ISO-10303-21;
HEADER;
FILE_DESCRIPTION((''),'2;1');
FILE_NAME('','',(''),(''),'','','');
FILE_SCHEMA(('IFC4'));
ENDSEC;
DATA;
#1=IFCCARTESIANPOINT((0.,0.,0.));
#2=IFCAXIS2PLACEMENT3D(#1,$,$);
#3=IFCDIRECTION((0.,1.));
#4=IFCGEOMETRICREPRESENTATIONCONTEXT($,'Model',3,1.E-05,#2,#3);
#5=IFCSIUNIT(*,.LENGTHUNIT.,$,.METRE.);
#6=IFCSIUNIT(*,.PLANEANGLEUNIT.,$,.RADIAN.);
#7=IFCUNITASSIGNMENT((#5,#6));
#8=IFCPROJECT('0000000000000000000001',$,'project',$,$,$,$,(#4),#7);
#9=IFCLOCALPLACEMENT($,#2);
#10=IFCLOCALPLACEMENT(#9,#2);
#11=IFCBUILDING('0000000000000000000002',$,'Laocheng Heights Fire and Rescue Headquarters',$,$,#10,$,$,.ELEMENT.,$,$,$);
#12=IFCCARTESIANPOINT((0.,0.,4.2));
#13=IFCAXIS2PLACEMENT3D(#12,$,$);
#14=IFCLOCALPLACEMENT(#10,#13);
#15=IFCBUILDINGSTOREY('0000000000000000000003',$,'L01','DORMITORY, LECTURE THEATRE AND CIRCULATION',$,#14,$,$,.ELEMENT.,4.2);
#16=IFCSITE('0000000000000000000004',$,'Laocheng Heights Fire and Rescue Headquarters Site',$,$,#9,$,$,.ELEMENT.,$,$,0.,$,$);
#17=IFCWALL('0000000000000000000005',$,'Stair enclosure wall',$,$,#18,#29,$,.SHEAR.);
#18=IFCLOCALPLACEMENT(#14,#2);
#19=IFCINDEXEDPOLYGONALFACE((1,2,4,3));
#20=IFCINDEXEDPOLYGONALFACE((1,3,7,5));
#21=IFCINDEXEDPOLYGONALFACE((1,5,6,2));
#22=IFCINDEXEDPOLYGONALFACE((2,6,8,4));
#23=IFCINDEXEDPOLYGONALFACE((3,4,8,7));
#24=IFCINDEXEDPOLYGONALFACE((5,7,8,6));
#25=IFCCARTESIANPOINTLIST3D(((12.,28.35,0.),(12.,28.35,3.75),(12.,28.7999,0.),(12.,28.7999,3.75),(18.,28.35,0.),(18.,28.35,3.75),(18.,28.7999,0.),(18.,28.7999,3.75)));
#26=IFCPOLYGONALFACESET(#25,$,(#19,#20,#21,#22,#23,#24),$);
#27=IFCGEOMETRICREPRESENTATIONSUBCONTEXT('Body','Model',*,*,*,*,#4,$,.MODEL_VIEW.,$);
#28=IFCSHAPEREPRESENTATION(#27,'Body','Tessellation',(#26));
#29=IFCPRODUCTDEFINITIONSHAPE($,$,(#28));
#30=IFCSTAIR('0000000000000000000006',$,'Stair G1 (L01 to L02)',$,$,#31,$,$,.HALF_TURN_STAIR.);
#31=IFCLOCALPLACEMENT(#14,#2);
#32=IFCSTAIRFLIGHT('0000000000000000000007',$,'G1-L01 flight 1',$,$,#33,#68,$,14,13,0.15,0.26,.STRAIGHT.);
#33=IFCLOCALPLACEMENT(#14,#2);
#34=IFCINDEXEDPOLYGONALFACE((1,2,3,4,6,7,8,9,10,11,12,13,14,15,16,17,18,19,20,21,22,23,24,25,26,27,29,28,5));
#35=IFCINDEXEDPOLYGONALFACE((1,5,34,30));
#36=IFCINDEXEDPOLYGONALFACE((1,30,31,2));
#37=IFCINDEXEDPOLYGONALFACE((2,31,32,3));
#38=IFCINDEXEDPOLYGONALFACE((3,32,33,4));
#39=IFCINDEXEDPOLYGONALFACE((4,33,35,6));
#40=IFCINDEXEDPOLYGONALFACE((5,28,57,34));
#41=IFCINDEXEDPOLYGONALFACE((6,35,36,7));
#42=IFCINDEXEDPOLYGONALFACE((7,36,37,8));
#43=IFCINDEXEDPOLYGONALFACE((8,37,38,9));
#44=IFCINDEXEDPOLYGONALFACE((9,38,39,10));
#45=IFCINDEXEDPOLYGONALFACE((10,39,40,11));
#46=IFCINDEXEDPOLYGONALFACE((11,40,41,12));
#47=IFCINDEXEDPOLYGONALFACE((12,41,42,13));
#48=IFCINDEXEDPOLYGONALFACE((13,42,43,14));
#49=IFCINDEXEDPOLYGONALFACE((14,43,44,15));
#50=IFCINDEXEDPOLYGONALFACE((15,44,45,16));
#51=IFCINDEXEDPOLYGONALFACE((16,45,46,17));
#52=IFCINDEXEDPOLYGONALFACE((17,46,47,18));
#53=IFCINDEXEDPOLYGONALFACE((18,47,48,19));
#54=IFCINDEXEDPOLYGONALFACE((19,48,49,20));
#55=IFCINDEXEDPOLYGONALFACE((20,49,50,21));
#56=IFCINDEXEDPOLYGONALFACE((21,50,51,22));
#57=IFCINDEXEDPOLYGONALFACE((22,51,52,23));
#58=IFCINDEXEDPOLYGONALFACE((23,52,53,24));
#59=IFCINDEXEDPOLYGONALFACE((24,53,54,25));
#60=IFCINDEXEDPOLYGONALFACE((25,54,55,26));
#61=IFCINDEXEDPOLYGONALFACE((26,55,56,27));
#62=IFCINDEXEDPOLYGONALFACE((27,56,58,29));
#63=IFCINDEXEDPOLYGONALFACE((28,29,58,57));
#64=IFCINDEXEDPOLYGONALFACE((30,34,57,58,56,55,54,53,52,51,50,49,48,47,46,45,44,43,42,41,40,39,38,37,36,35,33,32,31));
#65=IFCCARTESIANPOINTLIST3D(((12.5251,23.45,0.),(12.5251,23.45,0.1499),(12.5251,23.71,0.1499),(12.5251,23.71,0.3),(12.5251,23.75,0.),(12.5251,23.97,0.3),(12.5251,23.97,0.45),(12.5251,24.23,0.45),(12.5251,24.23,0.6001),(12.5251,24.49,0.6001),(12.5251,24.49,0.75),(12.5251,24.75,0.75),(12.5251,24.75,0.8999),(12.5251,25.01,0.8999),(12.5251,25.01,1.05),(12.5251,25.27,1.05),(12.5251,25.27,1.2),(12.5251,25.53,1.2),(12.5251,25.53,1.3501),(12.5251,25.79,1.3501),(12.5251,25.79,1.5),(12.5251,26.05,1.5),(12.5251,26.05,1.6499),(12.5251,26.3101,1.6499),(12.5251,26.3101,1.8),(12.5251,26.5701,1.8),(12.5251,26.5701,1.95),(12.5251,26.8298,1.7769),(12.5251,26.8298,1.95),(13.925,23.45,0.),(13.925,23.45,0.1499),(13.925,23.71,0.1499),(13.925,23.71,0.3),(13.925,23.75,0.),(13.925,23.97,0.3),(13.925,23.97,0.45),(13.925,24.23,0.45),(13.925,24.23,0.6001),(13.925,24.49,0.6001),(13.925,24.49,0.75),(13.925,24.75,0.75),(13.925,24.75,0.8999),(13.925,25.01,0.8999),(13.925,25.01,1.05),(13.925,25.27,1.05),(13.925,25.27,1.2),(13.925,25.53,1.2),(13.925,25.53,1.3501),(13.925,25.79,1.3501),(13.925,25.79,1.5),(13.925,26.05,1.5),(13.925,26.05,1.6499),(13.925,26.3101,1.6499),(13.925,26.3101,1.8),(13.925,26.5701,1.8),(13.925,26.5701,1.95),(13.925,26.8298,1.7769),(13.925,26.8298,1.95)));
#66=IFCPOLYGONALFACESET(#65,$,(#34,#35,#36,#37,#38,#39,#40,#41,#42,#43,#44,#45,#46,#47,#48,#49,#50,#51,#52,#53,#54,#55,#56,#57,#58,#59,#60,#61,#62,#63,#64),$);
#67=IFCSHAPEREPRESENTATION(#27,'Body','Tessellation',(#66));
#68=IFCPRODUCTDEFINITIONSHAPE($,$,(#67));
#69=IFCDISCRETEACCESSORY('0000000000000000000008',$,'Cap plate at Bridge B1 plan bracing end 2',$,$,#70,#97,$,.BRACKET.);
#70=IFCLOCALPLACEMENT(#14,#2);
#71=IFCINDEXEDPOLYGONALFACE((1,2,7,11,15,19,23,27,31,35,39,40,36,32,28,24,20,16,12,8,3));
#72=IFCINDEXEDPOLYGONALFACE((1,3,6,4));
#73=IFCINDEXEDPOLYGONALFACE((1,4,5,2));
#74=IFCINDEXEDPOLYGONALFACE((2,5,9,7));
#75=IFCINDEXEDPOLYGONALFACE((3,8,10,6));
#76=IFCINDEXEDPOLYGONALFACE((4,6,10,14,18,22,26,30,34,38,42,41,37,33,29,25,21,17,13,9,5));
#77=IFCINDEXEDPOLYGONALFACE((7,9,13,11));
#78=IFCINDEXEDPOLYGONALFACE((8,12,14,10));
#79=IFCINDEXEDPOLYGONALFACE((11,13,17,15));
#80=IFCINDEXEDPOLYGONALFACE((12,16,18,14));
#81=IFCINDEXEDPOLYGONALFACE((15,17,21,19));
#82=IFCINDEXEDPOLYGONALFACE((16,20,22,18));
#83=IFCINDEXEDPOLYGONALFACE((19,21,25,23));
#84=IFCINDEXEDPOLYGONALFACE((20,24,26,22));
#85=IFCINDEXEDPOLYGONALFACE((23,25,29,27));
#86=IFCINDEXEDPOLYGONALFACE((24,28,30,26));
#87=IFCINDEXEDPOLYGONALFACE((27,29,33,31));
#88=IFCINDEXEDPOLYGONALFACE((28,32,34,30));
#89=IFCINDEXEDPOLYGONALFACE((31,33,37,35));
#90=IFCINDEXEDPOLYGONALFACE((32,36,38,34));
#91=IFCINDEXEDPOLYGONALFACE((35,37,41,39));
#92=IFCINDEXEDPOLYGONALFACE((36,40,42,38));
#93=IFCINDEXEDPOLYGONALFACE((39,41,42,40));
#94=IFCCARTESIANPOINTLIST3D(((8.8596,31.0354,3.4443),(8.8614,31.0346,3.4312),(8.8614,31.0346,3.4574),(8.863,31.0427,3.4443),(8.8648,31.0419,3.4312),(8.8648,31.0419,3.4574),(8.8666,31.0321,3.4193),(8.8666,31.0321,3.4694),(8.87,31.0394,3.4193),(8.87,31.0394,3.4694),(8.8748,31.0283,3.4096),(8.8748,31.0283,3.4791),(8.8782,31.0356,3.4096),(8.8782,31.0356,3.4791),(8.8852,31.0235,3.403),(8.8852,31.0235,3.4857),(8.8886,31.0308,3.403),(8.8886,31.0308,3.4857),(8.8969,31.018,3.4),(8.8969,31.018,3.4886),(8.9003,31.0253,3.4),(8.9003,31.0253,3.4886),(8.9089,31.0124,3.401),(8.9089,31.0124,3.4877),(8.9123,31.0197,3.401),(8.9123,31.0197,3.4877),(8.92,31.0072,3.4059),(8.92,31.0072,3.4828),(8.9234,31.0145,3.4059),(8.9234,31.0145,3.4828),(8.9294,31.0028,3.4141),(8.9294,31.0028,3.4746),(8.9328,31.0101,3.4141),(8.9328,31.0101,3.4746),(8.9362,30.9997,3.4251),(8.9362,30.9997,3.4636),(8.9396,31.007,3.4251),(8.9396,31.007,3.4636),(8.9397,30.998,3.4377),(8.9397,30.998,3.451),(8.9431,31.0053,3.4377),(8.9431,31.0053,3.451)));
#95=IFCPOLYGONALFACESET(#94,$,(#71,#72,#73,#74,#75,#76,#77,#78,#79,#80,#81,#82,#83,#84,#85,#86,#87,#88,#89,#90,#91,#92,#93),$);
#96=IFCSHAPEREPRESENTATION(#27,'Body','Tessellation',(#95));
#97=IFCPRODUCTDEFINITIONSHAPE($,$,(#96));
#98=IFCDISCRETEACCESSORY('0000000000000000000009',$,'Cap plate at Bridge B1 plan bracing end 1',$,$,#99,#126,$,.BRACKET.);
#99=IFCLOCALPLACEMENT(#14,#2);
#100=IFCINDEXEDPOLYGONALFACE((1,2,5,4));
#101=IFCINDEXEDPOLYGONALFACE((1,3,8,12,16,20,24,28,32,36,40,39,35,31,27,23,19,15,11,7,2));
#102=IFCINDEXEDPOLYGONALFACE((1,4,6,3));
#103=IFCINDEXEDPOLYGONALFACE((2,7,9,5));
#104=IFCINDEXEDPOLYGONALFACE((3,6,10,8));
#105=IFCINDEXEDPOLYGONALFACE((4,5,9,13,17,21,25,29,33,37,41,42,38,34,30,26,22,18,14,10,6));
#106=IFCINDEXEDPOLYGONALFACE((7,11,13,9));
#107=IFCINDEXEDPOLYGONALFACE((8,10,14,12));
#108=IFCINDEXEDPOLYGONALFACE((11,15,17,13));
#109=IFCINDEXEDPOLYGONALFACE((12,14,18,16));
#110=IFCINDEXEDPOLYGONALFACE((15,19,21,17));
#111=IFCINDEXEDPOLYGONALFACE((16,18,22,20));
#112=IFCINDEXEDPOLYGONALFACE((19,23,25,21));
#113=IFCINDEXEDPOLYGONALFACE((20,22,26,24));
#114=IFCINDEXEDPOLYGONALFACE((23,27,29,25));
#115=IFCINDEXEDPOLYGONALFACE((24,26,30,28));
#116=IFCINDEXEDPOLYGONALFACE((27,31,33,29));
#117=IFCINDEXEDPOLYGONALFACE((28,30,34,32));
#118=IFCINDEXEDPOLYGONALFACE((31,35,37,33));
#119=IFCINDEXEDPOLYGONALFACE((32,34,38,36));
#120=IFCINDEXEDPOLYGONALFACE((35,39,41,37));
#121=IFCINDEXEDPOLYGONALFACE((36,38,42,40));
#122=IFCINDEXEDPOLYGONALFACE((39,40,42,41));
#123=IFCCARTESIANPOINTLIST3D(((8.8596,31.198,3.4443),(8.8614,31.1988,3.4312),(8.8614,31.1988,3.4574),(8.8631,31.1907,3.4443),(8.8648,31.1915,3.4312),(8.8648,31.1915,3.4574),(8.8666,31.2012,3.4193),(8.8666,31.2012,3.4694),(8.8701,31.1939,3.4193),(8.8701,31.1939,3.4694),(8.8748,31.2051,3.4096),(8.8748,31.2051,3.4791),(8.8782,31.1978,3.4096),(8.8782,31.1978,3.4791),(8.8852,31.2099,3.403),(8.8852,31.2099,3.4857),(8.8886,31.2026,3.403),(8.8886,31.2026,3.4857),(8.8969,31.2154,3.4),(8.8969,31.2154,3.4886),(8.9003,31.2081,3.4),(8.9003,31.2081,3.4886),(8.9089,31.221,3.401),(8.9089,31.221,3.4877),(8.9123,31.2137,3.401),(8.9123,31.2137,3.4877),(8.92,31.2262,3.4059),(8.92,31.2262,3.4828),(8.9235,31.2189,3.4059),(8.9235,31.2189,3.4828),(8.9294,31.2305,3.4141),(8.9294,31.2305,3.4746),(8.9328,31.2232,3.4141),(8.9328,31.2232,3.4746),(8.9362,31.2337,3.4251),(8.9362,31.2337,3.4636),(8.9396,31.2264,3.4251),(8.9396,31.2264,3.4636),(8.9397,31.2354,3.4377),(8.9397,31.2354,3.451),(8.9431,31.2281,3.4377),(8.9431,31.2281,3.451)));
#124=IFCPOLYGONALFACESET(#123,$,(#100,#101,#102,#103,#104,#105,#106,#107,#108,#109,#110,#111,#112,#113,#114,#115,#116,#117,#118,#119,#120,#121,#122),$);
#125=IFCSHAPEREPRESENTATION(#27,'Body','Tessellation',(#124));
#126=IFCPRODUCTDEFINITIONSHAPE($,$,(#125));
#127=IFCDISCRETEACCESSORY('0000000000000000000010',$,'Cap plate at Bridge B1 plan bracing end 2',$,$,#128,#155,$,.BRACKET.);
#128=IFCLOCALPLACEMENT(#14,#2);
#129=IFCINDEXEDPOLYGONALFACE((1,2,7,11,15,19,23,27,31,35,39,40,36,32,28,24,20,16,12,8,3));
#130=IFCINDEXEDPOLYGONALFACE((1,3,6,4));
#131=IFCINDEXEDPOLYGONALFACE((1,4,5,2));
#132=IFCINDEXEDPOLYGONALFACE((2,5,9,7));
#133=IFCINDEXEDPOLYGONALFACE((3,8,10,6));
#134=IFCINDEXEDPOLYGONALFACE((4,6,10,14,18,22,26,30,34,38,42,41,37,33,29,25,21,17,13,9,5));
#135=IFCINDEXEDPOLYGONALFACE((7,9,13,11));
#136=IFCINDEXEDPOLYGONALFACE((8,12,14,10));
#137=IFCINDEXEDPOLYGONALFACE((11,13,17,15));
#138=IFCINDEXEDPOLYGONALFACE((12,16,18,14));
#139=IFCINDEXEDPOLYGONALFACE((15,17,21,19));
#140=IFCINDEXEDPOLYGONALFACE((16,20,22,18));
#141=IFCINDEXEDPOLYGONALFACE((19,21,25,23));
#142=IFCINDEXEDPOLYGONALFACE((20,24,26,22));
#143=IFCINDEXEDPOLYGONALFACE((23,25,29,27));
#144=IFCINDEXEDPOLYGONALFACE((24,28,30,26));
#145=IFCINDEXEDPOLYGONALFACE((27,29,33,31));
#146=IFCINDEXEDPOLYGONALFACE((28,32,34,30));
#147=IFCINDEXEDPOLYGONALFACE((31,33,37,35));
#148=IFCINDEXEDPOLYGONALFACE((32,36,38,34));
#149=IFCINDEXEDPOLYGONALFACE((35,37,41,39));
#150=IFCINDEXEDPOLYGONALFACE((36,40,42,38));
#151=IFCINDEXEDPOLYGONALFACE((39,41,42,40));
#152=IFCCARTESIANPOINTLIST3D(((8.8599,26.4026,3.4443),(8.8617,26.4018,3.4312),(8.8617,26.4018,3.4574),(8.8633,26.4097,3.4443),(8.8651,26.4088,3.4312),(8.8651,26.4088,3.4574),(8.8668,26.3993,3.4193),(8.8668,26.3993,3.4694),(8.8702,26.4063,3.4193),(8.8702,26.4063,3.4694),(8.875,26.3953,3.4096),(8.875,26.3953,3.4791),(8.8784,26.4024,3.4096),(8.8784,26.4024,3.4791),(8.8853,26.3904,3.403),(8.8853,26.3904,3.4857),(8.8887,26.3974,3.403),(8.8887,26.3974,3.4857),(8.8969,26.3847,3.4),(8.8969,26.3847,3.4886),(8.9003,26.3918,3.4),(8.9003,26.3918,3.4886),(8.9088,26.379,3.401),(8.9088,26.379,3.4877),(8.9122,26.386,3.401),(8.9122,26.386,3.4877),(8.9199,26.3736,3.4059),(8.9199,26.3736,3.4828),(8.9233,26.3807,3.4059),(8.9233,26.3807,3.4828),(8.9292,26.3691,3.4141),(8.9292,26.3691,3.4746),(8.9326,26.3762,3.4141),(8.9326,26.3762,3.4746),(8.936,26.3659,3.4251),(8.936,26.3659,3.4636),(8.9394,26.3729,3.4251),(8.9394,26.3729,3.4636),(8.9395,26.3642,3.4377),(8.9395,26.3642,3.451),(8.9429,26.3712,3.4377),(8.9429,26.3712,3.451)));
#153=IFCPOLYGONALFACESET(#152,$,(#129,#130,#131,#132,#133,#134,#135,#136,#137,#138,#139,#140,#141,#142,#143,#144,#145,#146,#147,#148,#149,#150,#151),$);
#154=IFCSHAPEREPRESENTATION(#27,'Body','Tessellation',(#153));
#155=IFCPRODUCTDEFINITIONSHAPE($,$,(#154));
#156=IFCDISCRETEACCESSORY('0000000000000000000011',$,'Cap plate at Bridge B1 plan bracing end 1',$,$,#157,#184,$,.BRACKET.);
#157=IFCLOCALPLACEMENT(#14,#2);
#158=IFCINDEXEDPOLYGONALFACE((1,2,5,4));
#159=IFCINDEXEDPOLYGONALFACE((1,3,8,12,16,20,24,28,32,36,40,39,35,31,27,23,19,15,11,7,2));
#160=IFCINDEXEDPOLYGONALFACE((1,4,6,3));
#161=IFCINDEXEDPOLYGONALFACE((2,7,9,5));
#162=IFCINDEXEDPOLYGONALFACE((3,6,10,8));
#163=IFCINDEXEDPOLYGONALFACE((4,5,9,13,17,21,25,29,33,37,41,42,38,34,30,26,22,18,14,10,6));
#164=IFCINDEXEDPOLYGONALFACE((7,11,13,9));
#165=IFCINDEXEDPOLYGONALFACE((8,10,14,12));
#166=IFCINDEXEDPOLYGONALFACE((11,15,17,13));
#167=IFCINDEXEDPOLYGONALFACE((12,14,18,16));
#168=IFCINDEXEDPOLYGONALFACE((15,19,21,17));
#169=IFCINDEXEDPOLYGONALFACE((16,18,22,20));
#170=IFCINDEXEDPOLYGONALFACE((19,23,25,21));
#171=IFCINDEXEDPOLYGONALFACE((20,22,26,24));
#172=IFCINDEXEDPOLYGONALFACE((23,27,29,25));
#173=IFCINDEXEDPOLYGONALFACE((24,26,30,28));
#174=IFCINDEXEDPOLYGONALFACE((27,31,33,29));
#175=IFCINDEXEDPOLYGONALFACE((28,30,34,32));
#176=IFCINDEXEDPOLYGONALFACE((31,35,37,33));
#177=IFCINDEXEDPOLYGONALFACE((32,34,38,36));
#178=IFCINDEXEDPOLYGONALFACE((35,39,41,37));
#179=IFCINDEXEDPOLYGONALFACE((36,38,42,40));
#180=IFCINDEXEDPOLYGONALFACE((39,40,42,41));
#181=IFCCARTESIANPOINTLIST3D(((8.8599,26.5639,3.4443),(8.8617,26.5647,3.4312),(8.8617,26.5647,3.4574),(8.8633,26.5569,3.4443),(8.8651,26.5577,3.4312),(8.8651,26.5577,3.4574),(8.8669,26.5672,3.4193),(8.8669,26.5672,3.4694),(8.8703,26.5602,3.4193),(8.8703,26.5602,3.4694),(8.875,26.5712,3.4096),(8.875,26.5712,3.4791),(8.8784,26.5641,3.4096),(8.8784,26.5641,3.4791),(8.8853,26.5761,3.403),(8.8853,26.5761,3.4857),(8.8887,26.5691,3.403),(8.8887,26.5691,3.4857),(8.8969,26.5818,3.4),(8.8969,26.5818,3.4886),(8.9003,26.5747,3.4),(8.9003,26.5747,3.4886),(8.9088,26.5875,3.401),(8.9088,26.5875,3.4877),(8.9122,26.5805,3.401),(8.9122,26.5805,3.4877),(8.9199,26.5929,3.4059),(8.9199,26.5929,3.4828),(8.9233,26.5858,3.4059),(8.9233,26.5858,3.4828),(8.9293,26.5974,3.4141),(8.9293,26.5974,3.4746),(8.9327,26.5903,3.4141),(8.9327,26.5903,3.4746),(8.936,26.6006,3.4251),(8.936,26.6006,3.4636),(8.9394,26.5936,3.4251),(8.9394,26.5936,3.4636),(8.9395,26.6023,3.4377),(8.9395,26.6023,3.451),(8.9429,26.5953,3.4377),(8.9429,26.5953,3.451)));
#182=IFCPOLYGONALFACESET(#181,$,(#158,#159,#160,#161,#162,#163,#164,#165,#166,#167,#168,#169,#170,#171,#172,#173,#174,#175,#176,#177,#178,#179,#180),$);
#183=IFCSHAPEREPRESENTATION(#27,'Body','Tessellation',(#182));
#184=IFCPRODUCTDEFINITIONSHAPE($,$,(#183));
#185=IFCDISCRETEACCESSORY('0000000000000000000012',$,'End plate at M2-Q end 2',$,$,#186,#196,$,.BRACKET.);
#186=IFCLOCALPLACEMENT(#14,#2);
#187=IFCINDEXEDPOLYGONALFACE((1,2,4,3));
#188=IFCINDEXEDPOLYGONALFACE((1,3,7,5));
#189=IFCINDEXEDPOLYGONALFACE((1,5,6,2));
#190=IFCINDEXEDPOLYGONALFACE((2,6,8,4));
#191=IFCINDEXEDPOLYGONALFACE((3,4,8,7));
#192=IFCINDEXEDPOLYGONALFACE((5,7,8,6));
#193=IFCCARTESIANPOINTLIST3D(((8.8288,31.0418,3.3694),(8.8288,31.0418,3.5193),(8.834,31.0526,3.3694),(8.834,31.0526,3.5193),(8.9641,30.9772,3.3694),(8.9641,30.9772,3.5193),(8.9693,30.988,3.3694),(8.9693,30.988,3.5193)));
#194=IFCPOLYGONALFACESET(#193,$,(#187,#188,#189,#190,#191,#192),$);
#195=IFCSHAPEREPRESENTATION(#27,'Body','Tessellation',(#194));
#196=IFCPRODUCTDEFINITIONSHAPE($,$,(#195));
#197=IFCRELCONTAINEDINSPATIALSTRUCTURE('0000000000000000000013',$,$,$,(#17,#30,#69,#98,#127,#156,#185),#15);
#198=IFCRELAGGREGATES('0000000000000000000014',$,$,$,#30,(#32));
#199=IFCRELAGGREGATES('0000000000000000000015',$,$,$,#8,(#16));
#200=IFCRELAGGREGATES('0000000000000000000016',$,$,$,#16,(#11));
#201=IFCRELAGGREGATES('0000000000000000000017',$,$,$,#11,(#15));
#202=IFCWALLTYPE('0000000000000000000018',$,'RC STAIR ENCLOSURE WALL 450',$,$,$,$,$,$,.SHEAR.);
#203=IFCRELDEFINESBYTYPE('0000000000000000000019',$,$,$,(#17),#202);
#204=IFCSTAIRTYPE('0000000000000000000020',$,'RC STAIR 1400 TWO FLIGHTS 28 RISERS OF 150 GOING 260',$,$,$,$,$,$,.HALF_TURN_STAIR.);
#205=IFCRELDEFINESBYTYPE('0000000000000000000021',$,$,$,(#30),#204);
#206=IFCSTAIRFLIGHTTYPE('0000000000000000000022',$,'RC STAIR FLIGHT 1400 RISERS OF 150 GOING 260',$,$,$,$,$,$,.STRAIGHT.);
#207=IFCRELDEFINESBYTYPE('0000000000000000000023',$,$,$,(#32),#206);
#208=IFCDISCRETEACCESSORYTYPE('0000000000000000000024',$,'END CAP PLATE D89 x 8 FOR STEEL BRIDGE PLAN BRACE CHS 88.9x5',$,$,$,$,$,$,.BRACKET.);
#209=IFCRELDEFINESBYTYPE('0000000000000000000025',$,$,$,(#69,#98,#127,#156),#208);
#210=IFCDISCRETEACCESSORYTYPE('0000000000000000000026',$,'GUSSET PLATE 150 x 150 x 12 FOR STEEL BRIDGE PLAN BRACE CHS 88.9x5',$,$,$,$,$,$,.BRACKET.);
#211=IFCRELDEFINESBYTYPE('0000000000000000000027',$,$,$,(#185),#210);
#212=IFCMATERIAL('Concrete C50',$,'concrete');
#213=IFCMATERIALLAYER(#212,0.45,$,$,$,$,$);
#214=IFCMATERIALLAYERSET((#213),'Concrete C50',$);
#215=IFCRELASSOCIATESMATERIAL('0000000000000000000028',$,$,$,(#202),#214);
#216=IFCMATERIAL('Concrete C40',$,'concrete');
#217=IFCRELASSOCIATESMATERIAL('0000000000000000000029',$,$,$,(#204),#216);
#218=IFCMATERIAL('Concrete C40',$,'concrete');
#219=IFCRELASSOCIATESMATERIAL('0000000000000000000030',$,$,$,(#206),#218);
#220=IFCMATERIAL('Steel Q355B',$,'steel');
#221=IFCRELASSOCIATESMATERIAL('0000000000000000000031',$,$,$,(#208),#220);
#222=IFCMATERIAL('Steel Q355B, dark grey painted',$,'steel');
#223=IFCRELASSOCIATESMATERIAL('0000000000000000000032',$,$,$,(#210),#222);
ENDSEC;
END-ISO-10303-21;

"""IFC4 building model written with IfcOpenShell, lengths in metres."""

from ifc_helpers import new_model, si_unit, direction, frame, frame_2d, origin, origin_2d, place, context, subcontext, project, spatial, polyline, rectangle, circle, outline, extrude, material, layer, layer_set, material_profile, profile_set, type_object, element, aggregate, save


model = new_model("IFC4")

# Units and contexts
model_context = context("Model", 3, precision=1e-05, world=origin(), true_north=direction((0.0, 1.0)))
body_context = subcontext(model_context, "Body", "Model", "MODEL_VIEW")
ifc_project = project(units=[si_unit("LENGTHUNIT", "METRE"), si_unit("PLANEANGLEUNIT", "RADIAN")], contexts=[model_context])

# Site, building, storey
site_placement = place(None, origin())
site = spatial("IfcSite", under=ifc_project, at=site_placement, Name="Laocheng Heights Fire and Rescue Headquarters Site", CompositionType="ELEMENT", RefElevation=0.0)
building_placement = place(site_placement, origin())
building = spatial("IfcBuilding", under=site, at=building_placement, Name="Laocheng Heights Fire and Rescue Headquarters", CompositionType="ELEMENT")
storey_placement = place(building_placement, frame((0.0, 0.0, 4.2)))
storey = spatial("IfcBuildingStorey", under=building, at=storey_placement, Name="L01", Description="DORMITORY, LECTURE THEATRE AND CIRCULATION", CompositionType="ELEMENT", Elevation=4.2)

# Wall
ifc_material_1 = material(Name="Concrete C50", Category="concrete")
ifc_layer_1 = layer(ifc_material_1, 0.45)
ifc_layer_set_1 = layer_set([ifc_layer_1], Name="Concrete C50")
wall_type_1 = type_object("IfcWallType", Name="RC STAIR ENCLOSURE WALL 450", PredefinedType="SHEAR", material=ifc_layer_set_1)
wall_1_placement = place(storey_placement, frame((12.0, 28.575, 0.0), z_axis=(0.0, 0.0, 1.0), x_axis=(1.0, 0.0, 0.0)))
element("IfcWall", 1, at=wall_1_placement, inside=storey, type_object=wall_type_1, Name="Stair enclosure wall", PredefinedType="SHEAR", context=body_context, shape_type="SweptSolid", body=[
    extrude(rectangle(XDim=6.0, YDim=0.45, at=frame_2d((3.0, 0.0))), origin(), (0.0, 0.0, 1.0), 3.75),
])

# Stair, stair flight
ifc_material_2 = material(Name="Concrete C40", Category="concrete")
stair_type = type_object("IfcStairType", Name="RC STAIR 1400 TWO FLIGHTS 28 RISERS OF 150 GOING 260", PredefinedType="HALF_TURN_STAIR", material=ifc_material_2)
stair_placement = place(storey_placement, origin())
stair = element("IfcStair", 2, at=stair_placement, inside=storey, type_object=stair_type, Name="Stair G1 (L01 to L02)", PredefinedType="HALF_TURN_STAIR")
ifc_material_3 = material(Name="Concrete C40", Category="concrete")
stair_flight_type = type_object("IfcStairFlightType", Name="RC STAIR FLIGHT 1400 RISERS OF 150 GOING 260", PredefinedType="STRAIGHT", material=ifc_material_3)
stair_flight_placement = place(storey_placement, frame((13.2251, 23.45, 0.0), z_axis=(0.0, 0.0, 1.0), x_axis=(0.0, 1.0, 0.0)))
stair_flight = element("IfcStairFlight", 3, at=stair_flight_placement, type_object=stair_flight_type, Name="G1-L01 flight 1", NumberOfRisers=14, NumberOfTreads=13, PredefinedType="STRAIGHT", RiserHeight=0.15, TreadLength=0.26, context=body_context, shape_type="SweptSolid", body=[
    extrude(outline(polyline([(0.0, 0.0), (0.0, 0.1499), (0.26, 0.1499), (0.26, 0.3), (0.52, 0.3), (0.52, 0.45), (0.78, 0.45), (0.78, 0.6001), (1.04, 0.6001), (1.04, 0.75), (1.3, 0.75), (1.3, 0.8999), (1.5601, 0.8999), (1.5601, 1.05), (1.8201, 1.05), (1.8201, 1.2), (2.0801, 1.2), (2.0801, 1.3501), (2.3401, 1.3501), (2.3401, 1.5), (2.6001, 1.5), (2.6001, 1.6499), (2.8601, 1.6499), (2.8601, 1.8), (3.1201, 1.8), (3.1201, 1.95), (3.3799, 1.95), (3.3799, 2.1001), (3.3799, 1.7769), (0.3, 0.0), (0.0, 0.0)])), frame((0.0, 0.7, 0.0), z_axis=(0.0, -1.0, 0.0), x_axis=(1.0, 0.0, 0.0)), (0.0, 0.0, 1.0), 1.3999),
])
aggregate(stair, [stair_flight])

# Discrete accessories
ifc_material_4 = material(Name="Steel Q355B", Category="steel")
ifc_material_profile_1 = material_profile(ifc_material_4, circle(Radius=0.0444, at=origin_2d()), Name="END CAP PLATE D89 x 8 FOR STEEL BRIDGE PLAN BRACE CHS 88.9x5")
ifc_profile_set_1 = profile_set([ifc_material_profile_1], Name="Steel Q355B")
discrete_accessory_type_1 = type_object("IfcDiscreteAccessoryType", Name="END CAP PLATE D89 x 8 FOR STEEL BRIDGE PLAN BRACE CHS 88.9x5", PredefinedType="BRACKET", material=ifc_profile_set_1)
for number, where, z_axis, x_axis, name in (
    (4, (8.8999, 31.0166, 3.4443), (0.422885, 0.906183, 0.0), (-0.906183, 0.422885, 0.0), "Cap plate at Bridge B1 plan bracing end 2"),
    (5, (8.9033, 31.2095, 3.4443), (-0.422885, 0.906183, 0.0), (-0.906183, -0.422885, 0.0), "Cap plate at Bridge B1 plan bracing end 1"),
):
    element("IfcDiscreteAccessory", number, at=place(storey_placement, frame(where, z_axis=z_axis, x_axis=x_axis)), inside=storey, type_object=discrete_accessory_type_1, Name=name, PredefinedType="BRACKET", context=body_context, shape_type="SweptSolid", body=[
        extrude(circle(Radius=0.0444, at=origin_2d()), origin(), (0.0, 0.0, 1.0), 0.0081),
    ])
for number, where, z_axis, x_axis, name in (
    (6, (8.8999, 26.3833, 3.4443), (0.434749, 0.900552, 0.0), (-0.900552, 0.434749, 0.0), "Cap plate at Bridge B1 plan bracing end 2"),
    (7, (8.9033, 26.5762, 3.4443), (-0.434749, 0.900552, 0.0), (-0.900552, -0.434749, 0.0), "Cap plate at Bridge B1 plan bracing end 1"),
):
    element("IfcDiscreteAccessory", number, at=place(storey_placement, frame(where, z_axis=z_axis, x_axis=x_axis)), inside=storey, type_object=discrete_accessory_type_1, Name=name, PredefinedType="BRACKET", context=body_context, shape_type="SweptSolid", body=[
        extrude(circle(Radius=0.0444, at=origin_2d()), origin(), (0.0, 0.0, 1.0), 0.0078),
    ])
ifc_material_5 = material(Name="Steel Q355B, dark grey painted", Category="steel")
ifc_material_profile_2 = material_profile(ifc_material_5, rectangle(XDim=0.1499, YDim=0.1499, at=origin_2d()), Name="GUSSET PLATE 150 x 150 x 12 FOR STEEL BRIDGE PLAN BRACE CHS 88.9x5")
ifc_profile_set_2 = profile_set([ifc_material_profile_2], Name="Steel Q355B, dark grey painted")
discrete_accessory_type_2 = type_object("IfcDiscreteAccessoryType", Name="GUSSET PLATE 150 x 150 x 12 FOR STEEL BRIDGE PLAN BRACE CHS 88.9x5", PredefinedType="BRACKET", material=ifc_profile_set_2)
for number, where, z_axis, x_axis, name in (
    (8, (8.8965, 31.0095, 3.4443), (0.43073, 0.902481, 0.0), (-0.902481, 0.43073, 0.0), "End plate at M2-Q end 2"),
):
    element("IfcDiscreteAccessory", number, at=place(storey_placement, frame(where, z_axis=z_axis, x_axis=x_axis)), inside=storey, type_object=discrete_accessory_type_2, Name=name, PredefinedType="BRACKET", context=body_context, shape_type="SweptSolid", body=[
        extrude(rectangle(XDim=0.1499, YDim=0.1499, at=origin_2d()), origin(), (0.0, 0.0, 1.0), 0.012),
    ])

save(model, "model.ifc")
